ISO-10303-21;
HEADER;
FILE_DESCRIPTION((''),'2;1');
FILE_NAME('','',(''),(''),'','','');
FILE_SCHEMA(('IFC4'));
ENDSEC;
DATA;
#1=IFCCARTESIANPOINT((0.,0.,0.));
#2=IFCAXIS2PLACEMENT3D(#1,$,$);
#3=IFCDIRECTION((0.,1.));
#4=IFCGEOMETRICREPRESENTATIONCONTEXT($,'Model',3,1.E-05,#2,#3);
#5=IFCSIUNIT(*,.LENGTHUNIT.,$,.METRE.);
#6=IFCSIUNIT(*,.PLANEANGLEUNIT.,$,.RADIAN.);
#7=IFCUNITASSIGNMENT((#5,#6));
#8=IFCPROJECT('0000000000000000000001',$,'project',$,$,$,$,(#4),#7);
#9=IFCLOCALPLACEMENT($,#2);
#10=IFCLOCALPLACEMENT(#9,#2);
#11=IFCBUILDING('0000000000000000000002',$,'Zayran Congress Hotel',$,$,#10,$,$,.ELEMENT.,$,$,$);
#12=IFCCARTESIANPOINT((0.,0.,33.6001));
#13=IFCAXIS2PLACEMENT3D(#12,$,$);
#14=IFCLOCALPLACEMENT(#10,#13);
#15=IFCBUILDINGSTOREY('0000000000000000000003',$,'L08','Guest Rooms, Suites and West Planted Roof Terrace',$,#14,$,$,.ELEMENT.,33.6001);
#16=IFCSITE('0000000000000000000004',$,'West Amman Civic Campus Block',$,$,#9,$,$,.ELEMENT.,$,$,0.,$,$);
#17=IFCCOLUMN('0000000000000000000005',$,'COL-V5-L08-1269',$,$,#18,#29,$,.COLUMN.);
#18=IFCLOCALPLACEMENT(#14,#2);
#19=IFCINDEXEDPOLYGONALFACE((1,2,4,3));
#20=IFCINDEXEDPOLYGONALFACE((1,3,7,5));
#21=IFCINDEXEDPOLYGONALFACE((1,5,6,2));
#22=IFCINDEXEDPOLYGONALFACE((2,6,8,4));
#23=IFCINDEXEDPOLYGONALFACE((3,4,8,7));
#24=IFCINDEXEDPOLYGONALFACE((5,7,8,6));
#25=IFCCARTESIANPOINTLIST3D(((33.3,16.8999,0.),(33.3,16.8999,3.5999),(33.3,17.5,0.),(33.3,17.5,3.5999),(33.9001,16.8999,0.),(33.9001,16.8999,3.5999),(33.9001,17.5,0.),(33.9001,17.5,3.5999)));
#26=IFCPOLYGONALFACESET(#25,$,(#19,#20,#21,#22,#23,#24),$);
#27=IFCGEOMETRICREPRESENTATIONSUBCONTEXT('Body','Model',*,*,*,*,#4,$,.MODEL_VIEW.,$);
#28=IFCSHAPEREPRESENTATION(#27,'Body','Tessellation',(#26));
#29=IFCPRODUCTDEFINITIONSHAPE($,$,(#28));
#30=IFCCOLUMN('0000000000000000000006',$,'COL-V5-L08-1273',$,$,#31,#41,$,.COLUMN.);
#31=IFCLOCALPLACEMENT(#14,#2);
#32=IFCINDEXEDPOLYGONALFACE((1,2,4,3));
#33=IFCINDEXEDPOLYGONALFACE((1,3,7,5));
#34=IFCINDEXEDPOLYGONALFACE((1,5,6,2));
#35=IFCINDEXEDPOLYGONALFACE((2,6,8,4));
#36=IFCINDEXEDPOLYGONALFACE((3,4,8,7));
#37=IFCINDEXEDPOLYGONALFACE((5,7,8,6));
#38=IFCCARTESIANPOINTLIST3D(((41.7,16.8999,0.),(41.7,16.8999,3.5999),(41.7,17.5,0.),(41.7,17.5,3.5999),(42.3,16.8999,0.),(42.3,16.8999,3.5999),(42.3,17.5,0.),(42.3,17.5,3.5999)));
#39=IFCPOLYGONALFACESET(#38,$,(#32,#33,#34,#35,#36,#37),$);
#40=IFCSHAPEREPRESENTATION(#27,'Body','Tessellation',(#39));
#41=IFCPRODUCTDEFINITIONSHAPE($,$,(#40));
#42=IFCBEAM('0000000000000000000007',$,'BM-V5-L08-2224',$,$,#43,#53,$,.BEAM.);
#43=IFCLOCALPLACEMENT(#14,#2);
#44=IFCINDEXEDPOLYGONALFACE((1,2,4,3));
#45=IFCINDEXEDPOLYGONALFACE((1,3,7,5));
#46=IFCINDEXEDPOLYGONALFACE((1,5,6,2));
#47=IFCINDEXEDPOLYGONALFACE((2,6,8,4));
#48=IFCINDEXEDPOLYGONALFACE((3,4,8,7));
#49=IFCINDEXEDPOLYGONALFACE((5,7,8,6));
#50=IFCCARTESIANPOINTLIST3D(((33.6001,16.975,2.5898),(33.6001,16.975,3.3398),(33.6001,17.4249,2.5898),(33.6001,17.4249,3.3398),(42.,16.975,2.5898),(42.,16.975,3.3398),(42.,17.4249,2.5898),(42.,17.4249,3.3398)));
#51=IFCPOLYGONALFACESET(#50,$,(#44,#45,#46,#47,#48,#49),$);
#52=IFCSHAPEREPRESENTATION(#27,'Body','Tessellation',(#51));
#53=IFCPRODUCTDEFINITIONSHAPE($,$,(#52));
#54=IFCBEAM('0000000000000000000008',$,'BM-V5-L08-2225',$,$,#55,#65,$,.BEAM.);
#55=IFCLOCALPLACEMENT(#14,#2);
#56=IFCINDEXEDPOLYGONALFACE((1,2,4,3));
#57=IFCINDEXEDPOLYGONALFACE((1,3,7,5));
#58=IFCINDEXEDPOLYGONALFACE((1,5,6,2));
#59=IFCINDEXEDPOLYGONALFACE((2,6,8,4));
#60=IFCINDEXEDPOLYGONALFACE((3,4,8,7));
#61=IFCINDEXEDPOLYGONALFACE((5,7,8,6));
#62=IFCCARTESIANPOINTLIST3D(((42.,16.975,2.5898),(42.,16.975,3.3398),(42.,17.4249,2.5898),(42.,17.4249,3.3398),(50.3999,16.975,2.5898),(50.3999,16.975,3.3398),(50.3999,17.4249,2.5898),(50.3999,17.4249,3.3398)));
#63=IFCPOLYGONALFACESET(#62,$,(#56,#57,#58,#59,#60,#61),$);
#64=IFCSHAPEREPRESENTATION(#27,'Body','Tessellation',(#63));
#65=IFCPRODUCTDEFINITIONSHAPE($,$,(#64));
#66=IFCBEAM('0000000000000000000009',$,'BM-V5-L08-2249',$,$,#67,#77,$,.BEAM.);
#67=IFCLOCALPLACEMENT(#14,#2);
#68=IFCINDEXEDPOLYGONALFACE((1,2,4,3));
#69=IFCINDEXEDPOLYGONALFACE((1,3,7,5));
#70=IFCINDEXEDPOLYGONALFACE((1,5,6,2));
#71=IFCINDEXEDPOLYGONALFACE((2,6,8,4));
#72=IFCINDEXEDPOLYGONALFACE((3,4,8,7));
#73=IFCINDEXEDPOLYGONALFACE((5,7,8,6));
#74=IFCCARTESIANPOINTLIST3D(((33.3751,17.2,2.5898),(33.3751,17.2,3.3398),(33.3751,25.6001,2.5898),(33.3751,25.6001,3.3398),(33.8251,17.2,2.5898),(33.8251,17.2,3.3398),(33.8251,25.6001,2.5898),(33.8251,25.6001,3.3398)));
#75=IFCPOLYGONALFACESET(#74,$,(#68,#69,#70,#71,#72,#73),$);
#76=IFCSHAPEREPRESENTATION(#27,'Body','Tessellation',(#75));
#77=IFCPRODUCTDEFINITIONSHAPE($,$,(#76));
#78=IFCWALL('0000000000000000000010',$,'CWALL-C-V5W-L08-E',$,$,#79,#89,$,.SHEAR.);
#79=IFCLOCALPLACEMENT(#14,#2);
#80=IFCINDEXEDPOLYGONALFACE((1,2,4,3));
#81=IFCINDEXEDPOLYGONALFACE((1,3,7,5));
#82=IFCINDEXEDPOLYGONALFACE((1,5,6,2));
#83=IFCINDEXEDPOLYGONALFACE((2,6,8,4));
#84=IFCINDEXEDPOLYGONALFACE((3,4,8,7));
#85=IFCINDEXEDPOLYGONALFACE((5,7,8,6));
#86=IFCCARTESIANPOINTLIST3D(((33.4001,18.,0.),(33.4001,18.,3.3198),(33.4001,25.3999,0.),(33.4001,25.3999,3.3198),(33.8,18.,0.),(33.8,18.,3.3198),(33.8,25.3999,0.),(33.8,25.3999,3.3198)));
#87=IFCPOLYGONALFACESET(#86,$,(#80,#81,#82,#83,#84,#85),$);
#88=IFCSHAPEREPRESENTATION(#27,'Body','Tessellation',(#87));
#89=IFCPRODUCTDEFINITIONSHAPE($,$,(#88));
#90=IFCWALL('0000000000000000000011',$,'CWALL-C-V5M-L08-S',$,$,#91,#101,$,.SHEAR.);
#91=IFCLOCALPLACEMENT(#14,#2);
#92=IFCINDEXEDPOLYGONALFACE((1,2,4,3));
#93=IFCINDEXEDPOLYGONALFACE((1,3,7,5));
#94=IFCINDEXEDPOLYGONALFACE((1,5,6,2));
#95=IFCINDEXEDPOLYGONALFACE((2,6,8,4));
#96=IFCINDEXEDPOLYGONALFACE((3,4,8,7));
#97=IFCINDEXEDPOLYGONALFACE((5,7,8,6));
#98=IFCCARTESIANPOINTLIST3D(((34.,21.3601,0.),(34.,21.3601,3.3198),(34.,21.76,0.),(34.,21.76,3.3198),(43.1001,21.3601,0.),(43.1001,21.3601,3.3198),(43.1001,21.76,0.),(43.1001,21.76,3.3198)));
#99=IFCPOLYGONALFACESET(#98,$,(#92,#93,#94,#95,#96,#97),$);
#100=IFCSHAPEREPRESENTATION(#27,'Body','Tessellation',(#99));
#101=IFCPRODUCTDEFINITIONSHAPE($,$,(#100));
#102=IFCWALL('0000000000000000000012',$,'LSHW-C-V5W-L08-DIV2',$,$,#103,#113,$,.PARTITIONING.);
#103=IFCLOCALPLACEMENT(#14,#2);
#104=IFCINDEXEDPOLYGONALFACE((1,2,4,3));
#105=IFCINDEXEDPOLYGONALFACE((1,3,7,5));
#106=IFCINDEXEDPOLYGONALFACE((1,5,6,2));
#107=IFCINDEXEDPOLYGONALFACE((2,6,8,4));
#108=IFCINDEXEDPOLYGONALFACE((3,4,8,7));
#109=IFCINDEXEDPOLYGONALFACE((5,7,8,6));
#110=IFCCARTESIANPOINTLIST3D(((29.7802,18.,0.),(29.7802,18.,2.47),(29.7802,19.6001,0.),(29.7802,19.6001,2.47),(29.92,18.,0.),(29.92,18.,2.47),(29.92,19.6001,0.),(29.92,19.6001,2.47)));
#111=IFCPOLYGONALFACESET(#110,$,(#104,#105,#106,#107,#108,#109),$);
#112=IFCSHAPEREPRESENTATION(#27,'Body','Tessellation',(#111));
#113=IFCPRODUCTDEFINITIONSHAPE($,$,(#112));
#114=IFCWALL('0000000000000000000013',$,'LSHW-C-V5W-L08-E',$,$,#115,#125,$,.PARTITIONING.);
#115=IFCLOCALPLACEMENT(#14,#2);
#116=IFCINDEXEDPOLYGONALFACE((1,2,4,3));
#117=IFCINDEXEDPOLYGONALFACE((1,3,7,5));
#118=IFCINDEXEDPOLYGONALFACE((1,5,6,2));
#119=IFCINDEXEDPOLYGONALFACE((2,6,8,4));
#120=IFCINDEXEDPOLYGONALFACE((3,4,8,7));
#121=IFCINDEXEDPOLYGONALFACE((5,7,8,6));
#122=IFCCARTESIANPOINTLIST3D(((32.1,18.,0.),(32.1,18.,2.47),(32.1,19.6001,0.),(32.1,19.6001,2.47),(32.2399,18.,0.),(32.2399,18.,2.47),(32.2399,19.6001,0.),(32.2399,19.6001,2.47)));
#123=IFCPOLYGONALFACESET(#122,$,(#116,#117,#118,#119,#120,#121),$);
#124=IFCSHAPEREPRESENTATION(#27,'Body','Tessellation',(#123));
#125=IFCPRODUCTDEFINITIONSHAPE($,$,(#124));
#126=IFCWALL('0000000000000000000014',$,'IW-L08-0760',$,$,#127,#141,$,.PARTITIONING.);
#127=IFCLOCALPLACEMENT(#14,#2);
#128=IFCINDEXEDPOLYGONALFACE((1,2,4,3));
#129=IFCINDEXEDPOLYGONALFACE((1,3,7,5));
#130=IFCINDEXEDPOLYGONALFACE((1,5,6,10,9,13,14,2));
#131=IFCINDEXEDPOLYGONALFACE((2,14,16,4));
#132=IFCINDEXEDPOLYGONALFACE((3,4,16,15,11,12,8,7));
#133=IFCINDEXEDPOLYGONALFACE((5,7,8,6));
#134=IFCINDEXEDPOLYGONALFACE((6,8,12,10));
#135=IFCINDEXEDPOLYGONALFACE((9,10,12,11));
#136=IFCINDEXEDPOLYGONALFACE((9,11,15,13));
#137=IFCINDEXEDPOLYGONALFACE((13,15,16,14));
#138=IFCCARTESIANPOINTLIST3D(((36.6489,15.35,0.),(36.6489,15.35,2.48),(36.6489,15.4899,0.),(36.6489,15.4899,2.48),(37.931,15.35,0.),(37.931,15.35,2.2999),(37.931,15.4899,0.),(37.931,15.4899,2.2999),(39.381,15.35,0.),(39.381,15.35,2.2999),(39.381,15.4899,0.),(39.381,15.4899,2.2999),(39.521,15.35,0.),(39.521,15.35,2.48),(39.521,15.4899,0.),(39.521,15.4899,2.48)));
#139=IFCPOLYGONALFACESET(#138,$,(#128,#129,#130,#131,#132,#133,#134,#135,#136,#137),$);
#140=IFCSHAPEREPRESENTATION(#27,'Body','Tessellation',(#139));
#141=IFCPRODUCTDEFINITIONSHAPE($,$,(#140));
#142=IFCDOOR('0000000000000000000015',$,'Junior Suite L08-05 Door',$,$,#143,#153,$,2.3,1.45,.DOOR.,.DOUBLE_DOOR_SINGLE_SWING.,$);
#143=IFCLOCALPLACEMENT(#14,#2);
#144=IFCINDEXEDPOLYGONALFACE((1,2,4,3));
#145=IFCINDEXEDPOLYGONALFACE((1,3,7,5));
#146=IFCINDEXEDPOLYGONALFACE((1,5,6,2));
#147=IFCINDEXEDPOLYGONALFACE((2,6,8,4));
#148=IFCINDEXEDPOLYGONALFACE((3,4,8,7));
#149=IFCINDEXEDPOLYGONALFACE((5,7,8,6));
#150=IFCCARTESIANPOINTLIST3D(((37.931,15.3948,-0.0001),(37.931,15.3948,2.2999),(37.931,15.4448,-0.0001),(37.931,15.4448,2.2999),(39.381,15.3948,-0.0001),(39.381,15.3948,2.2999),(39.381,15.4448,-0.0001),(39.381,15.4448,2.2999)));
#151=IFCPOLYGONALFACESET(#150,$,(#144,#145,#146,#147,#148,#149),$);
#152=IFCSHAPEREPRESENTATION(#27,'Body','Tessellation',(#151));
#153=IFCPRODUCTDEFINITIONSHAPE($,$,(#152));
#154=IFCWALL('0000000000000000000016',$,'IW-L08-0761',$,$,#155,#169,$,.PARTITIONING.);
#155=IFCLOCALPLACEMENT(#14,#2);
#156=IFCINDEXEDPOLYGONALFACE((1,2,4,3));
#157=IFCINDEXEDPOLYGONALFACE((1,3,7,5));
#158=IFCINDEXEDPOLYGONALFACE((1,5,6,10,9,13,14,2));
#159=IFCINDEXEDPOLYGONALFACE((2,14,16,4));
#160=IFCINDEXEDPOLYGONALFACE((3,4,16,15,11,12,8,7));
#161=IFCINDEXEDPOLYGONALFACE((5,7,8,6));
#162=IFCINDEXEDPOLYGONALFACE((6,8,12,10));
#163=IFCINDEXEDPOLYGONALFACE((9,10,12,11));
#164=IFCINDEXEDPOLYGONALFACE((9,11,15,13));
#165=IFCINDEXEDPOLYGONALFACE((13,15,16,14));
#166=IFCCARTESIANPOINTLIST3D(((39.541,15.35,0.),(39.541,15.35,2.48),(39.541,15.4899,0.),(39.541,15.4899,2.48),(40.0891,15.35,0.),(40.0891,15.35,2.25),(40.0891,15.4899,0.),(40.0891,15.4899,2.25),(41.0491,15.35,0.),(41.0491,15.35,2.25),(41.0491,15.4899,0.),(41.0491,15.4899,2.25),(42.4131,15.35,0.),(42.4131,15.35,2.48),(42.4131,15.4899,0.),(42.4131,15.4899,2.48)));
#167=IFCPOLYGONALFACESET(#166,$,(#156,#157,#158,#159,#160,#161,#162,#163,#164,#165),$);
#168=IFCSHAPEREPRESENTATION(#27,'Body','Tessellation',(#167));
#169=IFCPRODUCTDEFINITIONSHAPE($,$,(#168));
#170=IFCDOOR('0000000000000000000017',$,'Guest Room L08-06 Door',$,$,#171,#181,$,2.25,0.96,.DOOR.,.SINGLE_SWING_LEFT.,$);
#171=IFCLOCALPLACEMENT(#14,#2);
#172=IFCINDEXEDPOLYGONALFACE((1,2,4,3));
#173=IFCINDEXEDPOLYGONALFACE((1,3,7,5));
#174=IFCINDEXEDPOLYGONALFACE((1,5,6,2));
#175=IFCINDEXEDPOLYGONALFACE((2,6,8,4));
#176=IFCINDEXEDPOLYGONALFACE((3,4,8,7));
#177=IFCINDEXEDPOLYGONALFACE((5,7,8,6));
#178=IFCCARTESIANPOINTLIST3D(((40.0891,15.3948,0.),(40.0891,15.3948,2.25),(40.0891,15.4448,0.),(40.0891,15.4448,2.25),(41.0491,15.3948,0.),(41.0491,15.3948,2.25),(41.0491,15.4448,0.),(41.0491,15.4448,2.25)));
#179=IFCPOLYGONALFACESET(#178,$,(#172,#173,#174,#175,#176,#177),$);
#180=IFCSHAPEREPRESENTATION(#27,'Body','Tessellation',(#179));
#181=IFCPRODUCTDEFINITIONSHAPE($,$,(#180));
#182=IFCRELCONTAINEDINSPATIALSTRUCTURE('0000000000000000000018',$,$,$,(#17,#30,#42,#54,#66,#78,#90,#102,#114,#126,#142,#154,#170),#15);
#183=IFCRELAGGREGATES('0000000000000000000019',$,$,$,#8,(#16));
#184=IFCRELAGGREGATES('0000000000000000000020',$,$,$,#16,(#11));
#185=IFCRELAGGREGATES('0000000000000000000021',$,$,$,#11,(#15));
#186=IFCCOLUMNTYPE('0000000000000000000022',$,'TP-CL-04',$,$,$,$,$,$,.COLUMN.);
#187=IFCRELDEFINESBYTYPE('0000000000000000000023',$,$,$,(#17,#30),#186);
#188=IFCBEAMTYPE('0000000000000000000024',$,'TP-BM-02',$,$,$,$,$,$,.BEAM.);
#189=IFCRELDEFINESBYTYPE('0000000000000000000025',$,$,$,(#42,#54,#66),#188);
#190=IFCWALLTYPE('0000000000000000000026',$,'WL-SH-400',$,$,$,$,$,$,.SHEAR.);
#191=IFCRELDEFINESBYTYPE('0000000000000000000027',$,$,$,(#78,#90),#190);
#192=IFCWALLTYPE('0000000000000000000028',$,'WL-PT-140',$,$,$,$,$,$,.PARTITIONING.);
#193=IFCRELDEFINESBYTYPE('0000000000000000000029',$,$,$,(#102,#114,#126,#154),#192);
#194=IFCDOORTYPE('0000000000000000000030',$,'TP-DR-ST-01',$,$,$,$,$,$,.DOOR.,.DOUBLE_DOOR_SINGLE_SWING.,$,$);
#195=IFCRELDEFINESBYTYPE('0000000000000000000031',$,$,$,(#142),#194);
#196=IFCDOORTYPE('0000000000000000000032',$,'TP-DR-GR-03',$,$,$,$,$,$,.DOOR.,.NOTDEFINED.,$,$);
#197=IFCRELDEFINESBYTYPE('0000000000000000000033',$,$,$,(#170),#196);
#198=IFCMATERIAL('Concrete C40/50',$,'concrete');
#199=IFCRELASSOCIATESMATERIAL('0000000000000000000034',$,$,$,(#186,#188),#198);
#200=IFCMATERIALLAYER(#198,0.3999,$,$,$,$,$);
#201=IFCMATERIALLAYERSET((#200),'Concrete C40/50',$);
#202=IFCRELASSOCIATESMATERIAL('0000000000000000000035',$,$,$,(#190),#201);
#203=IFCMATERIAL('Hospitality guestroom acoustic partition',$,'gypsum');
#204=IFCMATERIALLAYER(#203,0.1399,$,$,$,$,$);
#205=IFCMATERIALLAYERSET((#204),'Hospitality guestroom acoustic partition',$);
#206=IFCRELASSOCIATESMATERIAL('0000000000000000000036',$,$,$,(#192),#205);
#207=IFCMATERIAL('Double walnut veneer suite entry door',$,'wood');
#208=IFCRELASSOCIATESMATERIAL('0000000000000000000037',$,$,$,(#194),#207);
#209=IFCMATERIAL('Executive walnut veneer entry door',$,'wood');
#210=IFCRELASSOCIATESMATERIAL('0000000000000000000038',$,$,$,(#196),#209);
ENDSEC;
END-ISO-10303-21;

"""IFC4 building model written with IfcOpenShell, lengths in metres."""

from ifc_helpers import new_model, si_unit, direction, frame, frame_2d, origin, origin_2d, place, context, subcontext, project, spatial, rectangle, extrude, material, layer, layer_set, material_profile, profile_set, type_object, element, fill, save


model = new_model("IFC4")

# Units and contexts
model_context = context("Model", 3, precision=1e-05, world=origin(), true_north=direction((0.0, 1.0)))
body_context = subcontext(model_context, "Body", "Model", "MODEL_VIEW")
ifc_project = project(units=[si_unit("LENGTHUNIT", "METRE"), si_unit("PLANEANGLEUNIT", "RADIAN")], contexts=[model_context])

# Site, building, storey
site_placement = place(None, origin())
site = spatial("IfcSite", under=ifc_project, at=site_placement, Name="West Amman Civic Campus Block", CompositionType="ELEMENT", RefElevation=0.0)
building_placement = place(site_placement, origin())
building = spatial("IfcBuilding", under=site, at=building_placement, Name="Zayran Congress Hotel", CompositionType="ELEMENT")
storey_placement = place(building_placement, frame((0.0, 0.0, 33.6001)))
storey = spatial("IfcBuildingStorey", under=building, at=storey_placement, Name="L08", Description="Guest Rooms, Suites and West Planted Roof Terrace", CompositionType="ELEMENT", Elevation=33.6001)

# Columns
ifc_material_1 = material(Name="Concrete C40/50", Category="concrete")
ifc_material_profile_1 = material_profile(ifc_material_1, rectangle(XDim=0.6001, YDim=0.6001, at=origin_2d()), Name="RC 600x600")
ifc_profile_set_1 = profile_set([ifc_material_profile_1], Name="Concrete C40/50")
column_type = type_object("IfcColumnType", Name="TP-CL-04", PredefinedType="COLUMN", material=ifc_profile_set_1)
for number, where, z_axis, x_axis, name in (
    (1, (33.6001, 17.2, 0.0), (0.0, 0.0, 1.0), (1.0, 0.0, 0.0), "COL-V5-L08-1269"),
    (2, (42.0, 17.2, 0.0), (0.0, 0.0, 1.0), (1.0, 0.0, 0.0), "COL-V5-L08-1273"),
):
    element("IfcColumn", number, at=place(storey_placement, frame(where, z_axis=z_axis, x_axis=x_axis)), inside=storey, type_object=column_type, Name=name, PredefinedType="COLUMN", context=body_context, shape_type="SweptSolid", body=[
        extrude(rectangle(XDim=0.6001, YDim=0.6001, at=origin_2d()), origin(), (0.0, 0.0, 1.0), 3.5999),
    ])

# Beams
ifc_material_profile_2 = material_profile(ifc_material_1, rectangle(XDim=0.45, YDim=0.75, at=origin_2d()), Name="RC 450x750")
ifc_profile_set_2 = profile_set([ifc_material_profile_2], Name="Concrete C40/50")
beam_type = type_object("IfcBeamType", Name="TP-BM-02", PredefinedType="BEAM", material=ifc_profile_set_2)
for number, where, z_axis, x_axis, name in (
    (3, (33.6001, 17.2, 2.9648), (1.0, 0.0, 0.0), (0.0, 1.0, 0.0), "BM-V5-L08-2224"),
    (4, (42.0, 17.2, 2.9648), (1.0, 0.0, 0.0), (0.0, 1.0, 0.0), "BM-V5-L08-2225"),
):
    element("IfcBeam", number, at=place(storey_placement, frame(where, z_axis=z_axis, x_axis=x_axis)), inside=storey, type_object=beam_type, Name=name, PredefinedType="BEAM", context=body_context, shape_type="SweptSolid", body=[
        extrude(rectangle(XDim=0.45, YDim=0.75, at=origin_2d()), origin(), (0.0, 0.0, 1.0), 8.3999),
    ])
beam_placement = place(storey_placement, frame((33.6001, 17.2, 2.9648), z_axis=(0.0, 1.0, 0.0), x_axis=(-1.0, 0.0, 0.0)))
element("IfcBeam", 5, at=beam_placement, inside=storey, type_object=beam_type, Name="BM-V5-L08-2249", PredefinedType="BEAM", context=body_context, shape_type="SweptSolid", body=[
    extrude(rectangle(XDim=0.45, YDim=0.75, at=origin_2d()), origin(), (0.0, 0.0, 1.0), 8.4001),
])

# Walls
ifc_layer_1 = layer(ifc_material_1, 0.3999)
ifc_layer_set_1 = layer_set([ifc_layer_1], Name="Concrete C40/50")
wall_type_1 = type_object("IfcWallType", Name="WL-SH-400", PredefinedType="SHEAR", material=ifc_layer_set_1)
wall_1_placement = place(storey_placement, frame((33.6001, 18.0, 0.0), z_axis=(0.0, 0.0, 1.0), x_axis=(0.0, 1.0, 0.0)))
element("IfcWall", 6, at=wall_1_placement, inside=storey, type_object=wall_type_1, Name="CWALL-C-V5W-L08-E", PredefinedType="SHEAR", context=body_context, shape_type="SweptSolid", body=[
    extrude(rectangle(XDim=7.3999, YDim=0.3999, at=frame_2d((3.7, 0.0))), origin(), (0.0, 0.0, 1.0), 3.3198),
])
wall_2_placement = place(storey_placement, frame((34.0, 21.5601, 0.0), z_axis=(0.0, 0.0, 1.0), x_axis=(1.0, 0.0, 0.0)))
element("IfcWall", 7, at=wall_2_placement, inside=storey, type_object=wall_type_1, Name="CWALL-C-V5M-L08-S", PredefinedType="SHEAR", context=body_context, shape_type="SweptSolid", body=[
    extrude(rectangle(XDim=9.1001, YDim=0.3999, at=frame_2d((4.55, 0.0))), origin(), (0.0, 0.0, 1.0), 3.3198),
])
ifc_material_2 = material(Name="Hospitality guestroom acoustic partition", Category="gypsum")
ifc_layer_2 = layer(ifc_material_2, 0.1399)
ifc_layer_set_2 = layer_set([ifc_layer_2], Name="Hospitality guestroom acoustic partition")
wall_type_2 = type_object("IfcWallType", Name="WL-PT-140", PredefinedType="PARTITIONING", material=ifc_layer_set_2)
for number, where, z_axis, x_axis, name in (
    (8, (29.8501, 18.0, 0.0), (0.0, 0.0, 1.0), (0.0, 1.0, 0.0), "LSHW-C-V5W-L08-DIV2"),
    (9, (32.1699, 18.0, 0.0), (0.0, 0.0, 1.0), (0.0, 1.0, 0.0), "LSHW-C-V5W-L08-E"),
):
    element("IfcWall", number, at=place(storey_placement, frame(where, z_axis=z_axis, x_axis=x_axis)), inside=storey, type_object=wall_type_2, Name=name, PredefinedType="PARTITIONING", context=body_context, shape_type="SweptSolid", body=[
        extrude(rectangle(XDim=1.6001, YDim=0.1399, at=frame_2d((0.8, 0.0))), origin(), (0.0, 0.0, 1.0), 2.47),
    ])

# Walls, openings, doors
wall_3_placement = place(storey_placement, frame((36.6489, 15.4199, 0.0), z_axis=(0.0, 0.0, 1.0), x_axis=(1.0, 0.0, 0.0)))
wall_3 = element("IfcWall", 10, at=wall_3_placement, inside=storey, type_object=wall_type_2, Name="IW-L08-0760", PredefinedType="PARTITIONING", context=body_context, shape_type="SweptSolid", body=[
    extrude(rectangle(XDim=2.8721, YDim=0.1399, at=frame_2d((1.436, 0.0))), origin(), (0.0, 0.0, 1.0), 2.48),
])
opening_1_placement = place(wall_3_placement, frame((1.282, 0.0, 0.0)))
opening_1 = element("IfcOpeningElement", 11, at=opening_1_placement, cuts=wall_3, PredefinedType="OPENING", context=body_context, shape_type="SweptSolid", body=[
    extrude(rectangle(XDim=1.45, YDim=2.3, at=frame_2d((0.7251, 1.1499))), frame((0.0, 0.0798, 0.0), z_axis=(0.0, -1.0, 0.0), x_axis=(1.0, 0.0, 0.0)), (0.0, 0.0, 1.0), 0.1599),
])
ifc_material_3 = material(Name="Double walnut veneer suite entry door", Category="wood")
door_type_1 = type_object("IfcDoorType", Name="TP-DR-ST-01", OperationType="DOUBLE_DOOR_SINGLE_SWING", PredefinedType="DOOR", material=ifc_material_3)
door_1_placement = place(opening_1_placement, origin())
door_1 = element("IfcDoor", 12, at=door_1_placement, inside=storey, type_object=door_type_1, Name="Junior Suite L08-05 Door", OperationType="DOUBLE_DOOR_SINGLE_SWING", OverallHeight=2.3, OverallWidth=1.45, PredefinedType="DOOR", context=body_context, shape_type="SweptSolid", body=[
    extrude(rectangle(XDim=1.45, YDim=2.3, at=frame_2d((0.7251, 1.1499))), frame((0.0, 0.0249, 0.0), z_axis=(0.0, -1.0, 0.0), x_axis=(1.0, 0.0, 0.0)), (0.0, 0.0, 1.0), 0.05),
])
fill(opening_1, door_1)
wall_4_placement = place(storey_placement, frame((39.541, 15.4199, 0.0), z_axis=(0.0, 0.0, 1.0), x_axis=(1.0, 0.0, 0.0)))
wall_4 = element("IfcWall", 13, at=wall_4_placement, inside=storey, type_object=wall_type_2, Name="IW-L08-0761", PredefinedType="PARTITIONING", context=body_context, shape_type="SweptSolid", body=[
    extrude(rectangle(XDim=2.8721, YDim=0.1399, at=frame_2d((1.436, 0.0))), origin(), (0.0, 0.0, 1.0), 2.48),
])
opening_2_placement = place(wall_4_placement, frame((0.5481, 0.0, 0.0)))
opening_2 = element("IfcOpeningElement", 14, at=opening_2_placement, cuts=wall_4, PredefinedType="OPENING", context=body_context, shape_type="SweptSolid", body=[
    extrude(rectangle(XDim=0.96, YDim=2.25, at=frame_2d((0.48, 1.125))), frame((0.0, 0.0798, 0.0), z_axis=(0.0, -1.0, 0.0), x_axis=(1.0, 0.0, 0.0)), (0.0, 0.0, 1.0), 0.1599),
])
ifc_material_4 = material(Name="Executive walnut veneer entry door", Category="wood")
door_type_2 = type_object("IfcDoorType", Name="TP-DR-GR-03", OperationType="NOTDEFINED", PredefinedType="DOOR", material=ifc_material_4)
door_2_placement = place(opening_2_placement, origin())
door_2 = element("IfcDoor", 15, at=door_2_placement, inside=storey, type_object=door_type_2, Name="Guest Room L08-06 Door", OperationType="SINGLE_SWING_LEFT", OverallHeight=2.25, OverallWidth=0.96, PredefinedType="DOOR", context=body_context, shape_type="SweptSolid", body=[
    extrude(rectangle(XDim=0.96, YDim=2.25, at=frame_2d((0.48, 1.125))), frame((0.0, 0.0249, 0.0), z_axis=(0.0, -1.0, 0.0), x_axis=(1.0, 0.0, 0.0)), (0.0, 0.0, 1.0), 0.05),
])
fill(opening_2, door_2)

save(model, "model.ifc")
